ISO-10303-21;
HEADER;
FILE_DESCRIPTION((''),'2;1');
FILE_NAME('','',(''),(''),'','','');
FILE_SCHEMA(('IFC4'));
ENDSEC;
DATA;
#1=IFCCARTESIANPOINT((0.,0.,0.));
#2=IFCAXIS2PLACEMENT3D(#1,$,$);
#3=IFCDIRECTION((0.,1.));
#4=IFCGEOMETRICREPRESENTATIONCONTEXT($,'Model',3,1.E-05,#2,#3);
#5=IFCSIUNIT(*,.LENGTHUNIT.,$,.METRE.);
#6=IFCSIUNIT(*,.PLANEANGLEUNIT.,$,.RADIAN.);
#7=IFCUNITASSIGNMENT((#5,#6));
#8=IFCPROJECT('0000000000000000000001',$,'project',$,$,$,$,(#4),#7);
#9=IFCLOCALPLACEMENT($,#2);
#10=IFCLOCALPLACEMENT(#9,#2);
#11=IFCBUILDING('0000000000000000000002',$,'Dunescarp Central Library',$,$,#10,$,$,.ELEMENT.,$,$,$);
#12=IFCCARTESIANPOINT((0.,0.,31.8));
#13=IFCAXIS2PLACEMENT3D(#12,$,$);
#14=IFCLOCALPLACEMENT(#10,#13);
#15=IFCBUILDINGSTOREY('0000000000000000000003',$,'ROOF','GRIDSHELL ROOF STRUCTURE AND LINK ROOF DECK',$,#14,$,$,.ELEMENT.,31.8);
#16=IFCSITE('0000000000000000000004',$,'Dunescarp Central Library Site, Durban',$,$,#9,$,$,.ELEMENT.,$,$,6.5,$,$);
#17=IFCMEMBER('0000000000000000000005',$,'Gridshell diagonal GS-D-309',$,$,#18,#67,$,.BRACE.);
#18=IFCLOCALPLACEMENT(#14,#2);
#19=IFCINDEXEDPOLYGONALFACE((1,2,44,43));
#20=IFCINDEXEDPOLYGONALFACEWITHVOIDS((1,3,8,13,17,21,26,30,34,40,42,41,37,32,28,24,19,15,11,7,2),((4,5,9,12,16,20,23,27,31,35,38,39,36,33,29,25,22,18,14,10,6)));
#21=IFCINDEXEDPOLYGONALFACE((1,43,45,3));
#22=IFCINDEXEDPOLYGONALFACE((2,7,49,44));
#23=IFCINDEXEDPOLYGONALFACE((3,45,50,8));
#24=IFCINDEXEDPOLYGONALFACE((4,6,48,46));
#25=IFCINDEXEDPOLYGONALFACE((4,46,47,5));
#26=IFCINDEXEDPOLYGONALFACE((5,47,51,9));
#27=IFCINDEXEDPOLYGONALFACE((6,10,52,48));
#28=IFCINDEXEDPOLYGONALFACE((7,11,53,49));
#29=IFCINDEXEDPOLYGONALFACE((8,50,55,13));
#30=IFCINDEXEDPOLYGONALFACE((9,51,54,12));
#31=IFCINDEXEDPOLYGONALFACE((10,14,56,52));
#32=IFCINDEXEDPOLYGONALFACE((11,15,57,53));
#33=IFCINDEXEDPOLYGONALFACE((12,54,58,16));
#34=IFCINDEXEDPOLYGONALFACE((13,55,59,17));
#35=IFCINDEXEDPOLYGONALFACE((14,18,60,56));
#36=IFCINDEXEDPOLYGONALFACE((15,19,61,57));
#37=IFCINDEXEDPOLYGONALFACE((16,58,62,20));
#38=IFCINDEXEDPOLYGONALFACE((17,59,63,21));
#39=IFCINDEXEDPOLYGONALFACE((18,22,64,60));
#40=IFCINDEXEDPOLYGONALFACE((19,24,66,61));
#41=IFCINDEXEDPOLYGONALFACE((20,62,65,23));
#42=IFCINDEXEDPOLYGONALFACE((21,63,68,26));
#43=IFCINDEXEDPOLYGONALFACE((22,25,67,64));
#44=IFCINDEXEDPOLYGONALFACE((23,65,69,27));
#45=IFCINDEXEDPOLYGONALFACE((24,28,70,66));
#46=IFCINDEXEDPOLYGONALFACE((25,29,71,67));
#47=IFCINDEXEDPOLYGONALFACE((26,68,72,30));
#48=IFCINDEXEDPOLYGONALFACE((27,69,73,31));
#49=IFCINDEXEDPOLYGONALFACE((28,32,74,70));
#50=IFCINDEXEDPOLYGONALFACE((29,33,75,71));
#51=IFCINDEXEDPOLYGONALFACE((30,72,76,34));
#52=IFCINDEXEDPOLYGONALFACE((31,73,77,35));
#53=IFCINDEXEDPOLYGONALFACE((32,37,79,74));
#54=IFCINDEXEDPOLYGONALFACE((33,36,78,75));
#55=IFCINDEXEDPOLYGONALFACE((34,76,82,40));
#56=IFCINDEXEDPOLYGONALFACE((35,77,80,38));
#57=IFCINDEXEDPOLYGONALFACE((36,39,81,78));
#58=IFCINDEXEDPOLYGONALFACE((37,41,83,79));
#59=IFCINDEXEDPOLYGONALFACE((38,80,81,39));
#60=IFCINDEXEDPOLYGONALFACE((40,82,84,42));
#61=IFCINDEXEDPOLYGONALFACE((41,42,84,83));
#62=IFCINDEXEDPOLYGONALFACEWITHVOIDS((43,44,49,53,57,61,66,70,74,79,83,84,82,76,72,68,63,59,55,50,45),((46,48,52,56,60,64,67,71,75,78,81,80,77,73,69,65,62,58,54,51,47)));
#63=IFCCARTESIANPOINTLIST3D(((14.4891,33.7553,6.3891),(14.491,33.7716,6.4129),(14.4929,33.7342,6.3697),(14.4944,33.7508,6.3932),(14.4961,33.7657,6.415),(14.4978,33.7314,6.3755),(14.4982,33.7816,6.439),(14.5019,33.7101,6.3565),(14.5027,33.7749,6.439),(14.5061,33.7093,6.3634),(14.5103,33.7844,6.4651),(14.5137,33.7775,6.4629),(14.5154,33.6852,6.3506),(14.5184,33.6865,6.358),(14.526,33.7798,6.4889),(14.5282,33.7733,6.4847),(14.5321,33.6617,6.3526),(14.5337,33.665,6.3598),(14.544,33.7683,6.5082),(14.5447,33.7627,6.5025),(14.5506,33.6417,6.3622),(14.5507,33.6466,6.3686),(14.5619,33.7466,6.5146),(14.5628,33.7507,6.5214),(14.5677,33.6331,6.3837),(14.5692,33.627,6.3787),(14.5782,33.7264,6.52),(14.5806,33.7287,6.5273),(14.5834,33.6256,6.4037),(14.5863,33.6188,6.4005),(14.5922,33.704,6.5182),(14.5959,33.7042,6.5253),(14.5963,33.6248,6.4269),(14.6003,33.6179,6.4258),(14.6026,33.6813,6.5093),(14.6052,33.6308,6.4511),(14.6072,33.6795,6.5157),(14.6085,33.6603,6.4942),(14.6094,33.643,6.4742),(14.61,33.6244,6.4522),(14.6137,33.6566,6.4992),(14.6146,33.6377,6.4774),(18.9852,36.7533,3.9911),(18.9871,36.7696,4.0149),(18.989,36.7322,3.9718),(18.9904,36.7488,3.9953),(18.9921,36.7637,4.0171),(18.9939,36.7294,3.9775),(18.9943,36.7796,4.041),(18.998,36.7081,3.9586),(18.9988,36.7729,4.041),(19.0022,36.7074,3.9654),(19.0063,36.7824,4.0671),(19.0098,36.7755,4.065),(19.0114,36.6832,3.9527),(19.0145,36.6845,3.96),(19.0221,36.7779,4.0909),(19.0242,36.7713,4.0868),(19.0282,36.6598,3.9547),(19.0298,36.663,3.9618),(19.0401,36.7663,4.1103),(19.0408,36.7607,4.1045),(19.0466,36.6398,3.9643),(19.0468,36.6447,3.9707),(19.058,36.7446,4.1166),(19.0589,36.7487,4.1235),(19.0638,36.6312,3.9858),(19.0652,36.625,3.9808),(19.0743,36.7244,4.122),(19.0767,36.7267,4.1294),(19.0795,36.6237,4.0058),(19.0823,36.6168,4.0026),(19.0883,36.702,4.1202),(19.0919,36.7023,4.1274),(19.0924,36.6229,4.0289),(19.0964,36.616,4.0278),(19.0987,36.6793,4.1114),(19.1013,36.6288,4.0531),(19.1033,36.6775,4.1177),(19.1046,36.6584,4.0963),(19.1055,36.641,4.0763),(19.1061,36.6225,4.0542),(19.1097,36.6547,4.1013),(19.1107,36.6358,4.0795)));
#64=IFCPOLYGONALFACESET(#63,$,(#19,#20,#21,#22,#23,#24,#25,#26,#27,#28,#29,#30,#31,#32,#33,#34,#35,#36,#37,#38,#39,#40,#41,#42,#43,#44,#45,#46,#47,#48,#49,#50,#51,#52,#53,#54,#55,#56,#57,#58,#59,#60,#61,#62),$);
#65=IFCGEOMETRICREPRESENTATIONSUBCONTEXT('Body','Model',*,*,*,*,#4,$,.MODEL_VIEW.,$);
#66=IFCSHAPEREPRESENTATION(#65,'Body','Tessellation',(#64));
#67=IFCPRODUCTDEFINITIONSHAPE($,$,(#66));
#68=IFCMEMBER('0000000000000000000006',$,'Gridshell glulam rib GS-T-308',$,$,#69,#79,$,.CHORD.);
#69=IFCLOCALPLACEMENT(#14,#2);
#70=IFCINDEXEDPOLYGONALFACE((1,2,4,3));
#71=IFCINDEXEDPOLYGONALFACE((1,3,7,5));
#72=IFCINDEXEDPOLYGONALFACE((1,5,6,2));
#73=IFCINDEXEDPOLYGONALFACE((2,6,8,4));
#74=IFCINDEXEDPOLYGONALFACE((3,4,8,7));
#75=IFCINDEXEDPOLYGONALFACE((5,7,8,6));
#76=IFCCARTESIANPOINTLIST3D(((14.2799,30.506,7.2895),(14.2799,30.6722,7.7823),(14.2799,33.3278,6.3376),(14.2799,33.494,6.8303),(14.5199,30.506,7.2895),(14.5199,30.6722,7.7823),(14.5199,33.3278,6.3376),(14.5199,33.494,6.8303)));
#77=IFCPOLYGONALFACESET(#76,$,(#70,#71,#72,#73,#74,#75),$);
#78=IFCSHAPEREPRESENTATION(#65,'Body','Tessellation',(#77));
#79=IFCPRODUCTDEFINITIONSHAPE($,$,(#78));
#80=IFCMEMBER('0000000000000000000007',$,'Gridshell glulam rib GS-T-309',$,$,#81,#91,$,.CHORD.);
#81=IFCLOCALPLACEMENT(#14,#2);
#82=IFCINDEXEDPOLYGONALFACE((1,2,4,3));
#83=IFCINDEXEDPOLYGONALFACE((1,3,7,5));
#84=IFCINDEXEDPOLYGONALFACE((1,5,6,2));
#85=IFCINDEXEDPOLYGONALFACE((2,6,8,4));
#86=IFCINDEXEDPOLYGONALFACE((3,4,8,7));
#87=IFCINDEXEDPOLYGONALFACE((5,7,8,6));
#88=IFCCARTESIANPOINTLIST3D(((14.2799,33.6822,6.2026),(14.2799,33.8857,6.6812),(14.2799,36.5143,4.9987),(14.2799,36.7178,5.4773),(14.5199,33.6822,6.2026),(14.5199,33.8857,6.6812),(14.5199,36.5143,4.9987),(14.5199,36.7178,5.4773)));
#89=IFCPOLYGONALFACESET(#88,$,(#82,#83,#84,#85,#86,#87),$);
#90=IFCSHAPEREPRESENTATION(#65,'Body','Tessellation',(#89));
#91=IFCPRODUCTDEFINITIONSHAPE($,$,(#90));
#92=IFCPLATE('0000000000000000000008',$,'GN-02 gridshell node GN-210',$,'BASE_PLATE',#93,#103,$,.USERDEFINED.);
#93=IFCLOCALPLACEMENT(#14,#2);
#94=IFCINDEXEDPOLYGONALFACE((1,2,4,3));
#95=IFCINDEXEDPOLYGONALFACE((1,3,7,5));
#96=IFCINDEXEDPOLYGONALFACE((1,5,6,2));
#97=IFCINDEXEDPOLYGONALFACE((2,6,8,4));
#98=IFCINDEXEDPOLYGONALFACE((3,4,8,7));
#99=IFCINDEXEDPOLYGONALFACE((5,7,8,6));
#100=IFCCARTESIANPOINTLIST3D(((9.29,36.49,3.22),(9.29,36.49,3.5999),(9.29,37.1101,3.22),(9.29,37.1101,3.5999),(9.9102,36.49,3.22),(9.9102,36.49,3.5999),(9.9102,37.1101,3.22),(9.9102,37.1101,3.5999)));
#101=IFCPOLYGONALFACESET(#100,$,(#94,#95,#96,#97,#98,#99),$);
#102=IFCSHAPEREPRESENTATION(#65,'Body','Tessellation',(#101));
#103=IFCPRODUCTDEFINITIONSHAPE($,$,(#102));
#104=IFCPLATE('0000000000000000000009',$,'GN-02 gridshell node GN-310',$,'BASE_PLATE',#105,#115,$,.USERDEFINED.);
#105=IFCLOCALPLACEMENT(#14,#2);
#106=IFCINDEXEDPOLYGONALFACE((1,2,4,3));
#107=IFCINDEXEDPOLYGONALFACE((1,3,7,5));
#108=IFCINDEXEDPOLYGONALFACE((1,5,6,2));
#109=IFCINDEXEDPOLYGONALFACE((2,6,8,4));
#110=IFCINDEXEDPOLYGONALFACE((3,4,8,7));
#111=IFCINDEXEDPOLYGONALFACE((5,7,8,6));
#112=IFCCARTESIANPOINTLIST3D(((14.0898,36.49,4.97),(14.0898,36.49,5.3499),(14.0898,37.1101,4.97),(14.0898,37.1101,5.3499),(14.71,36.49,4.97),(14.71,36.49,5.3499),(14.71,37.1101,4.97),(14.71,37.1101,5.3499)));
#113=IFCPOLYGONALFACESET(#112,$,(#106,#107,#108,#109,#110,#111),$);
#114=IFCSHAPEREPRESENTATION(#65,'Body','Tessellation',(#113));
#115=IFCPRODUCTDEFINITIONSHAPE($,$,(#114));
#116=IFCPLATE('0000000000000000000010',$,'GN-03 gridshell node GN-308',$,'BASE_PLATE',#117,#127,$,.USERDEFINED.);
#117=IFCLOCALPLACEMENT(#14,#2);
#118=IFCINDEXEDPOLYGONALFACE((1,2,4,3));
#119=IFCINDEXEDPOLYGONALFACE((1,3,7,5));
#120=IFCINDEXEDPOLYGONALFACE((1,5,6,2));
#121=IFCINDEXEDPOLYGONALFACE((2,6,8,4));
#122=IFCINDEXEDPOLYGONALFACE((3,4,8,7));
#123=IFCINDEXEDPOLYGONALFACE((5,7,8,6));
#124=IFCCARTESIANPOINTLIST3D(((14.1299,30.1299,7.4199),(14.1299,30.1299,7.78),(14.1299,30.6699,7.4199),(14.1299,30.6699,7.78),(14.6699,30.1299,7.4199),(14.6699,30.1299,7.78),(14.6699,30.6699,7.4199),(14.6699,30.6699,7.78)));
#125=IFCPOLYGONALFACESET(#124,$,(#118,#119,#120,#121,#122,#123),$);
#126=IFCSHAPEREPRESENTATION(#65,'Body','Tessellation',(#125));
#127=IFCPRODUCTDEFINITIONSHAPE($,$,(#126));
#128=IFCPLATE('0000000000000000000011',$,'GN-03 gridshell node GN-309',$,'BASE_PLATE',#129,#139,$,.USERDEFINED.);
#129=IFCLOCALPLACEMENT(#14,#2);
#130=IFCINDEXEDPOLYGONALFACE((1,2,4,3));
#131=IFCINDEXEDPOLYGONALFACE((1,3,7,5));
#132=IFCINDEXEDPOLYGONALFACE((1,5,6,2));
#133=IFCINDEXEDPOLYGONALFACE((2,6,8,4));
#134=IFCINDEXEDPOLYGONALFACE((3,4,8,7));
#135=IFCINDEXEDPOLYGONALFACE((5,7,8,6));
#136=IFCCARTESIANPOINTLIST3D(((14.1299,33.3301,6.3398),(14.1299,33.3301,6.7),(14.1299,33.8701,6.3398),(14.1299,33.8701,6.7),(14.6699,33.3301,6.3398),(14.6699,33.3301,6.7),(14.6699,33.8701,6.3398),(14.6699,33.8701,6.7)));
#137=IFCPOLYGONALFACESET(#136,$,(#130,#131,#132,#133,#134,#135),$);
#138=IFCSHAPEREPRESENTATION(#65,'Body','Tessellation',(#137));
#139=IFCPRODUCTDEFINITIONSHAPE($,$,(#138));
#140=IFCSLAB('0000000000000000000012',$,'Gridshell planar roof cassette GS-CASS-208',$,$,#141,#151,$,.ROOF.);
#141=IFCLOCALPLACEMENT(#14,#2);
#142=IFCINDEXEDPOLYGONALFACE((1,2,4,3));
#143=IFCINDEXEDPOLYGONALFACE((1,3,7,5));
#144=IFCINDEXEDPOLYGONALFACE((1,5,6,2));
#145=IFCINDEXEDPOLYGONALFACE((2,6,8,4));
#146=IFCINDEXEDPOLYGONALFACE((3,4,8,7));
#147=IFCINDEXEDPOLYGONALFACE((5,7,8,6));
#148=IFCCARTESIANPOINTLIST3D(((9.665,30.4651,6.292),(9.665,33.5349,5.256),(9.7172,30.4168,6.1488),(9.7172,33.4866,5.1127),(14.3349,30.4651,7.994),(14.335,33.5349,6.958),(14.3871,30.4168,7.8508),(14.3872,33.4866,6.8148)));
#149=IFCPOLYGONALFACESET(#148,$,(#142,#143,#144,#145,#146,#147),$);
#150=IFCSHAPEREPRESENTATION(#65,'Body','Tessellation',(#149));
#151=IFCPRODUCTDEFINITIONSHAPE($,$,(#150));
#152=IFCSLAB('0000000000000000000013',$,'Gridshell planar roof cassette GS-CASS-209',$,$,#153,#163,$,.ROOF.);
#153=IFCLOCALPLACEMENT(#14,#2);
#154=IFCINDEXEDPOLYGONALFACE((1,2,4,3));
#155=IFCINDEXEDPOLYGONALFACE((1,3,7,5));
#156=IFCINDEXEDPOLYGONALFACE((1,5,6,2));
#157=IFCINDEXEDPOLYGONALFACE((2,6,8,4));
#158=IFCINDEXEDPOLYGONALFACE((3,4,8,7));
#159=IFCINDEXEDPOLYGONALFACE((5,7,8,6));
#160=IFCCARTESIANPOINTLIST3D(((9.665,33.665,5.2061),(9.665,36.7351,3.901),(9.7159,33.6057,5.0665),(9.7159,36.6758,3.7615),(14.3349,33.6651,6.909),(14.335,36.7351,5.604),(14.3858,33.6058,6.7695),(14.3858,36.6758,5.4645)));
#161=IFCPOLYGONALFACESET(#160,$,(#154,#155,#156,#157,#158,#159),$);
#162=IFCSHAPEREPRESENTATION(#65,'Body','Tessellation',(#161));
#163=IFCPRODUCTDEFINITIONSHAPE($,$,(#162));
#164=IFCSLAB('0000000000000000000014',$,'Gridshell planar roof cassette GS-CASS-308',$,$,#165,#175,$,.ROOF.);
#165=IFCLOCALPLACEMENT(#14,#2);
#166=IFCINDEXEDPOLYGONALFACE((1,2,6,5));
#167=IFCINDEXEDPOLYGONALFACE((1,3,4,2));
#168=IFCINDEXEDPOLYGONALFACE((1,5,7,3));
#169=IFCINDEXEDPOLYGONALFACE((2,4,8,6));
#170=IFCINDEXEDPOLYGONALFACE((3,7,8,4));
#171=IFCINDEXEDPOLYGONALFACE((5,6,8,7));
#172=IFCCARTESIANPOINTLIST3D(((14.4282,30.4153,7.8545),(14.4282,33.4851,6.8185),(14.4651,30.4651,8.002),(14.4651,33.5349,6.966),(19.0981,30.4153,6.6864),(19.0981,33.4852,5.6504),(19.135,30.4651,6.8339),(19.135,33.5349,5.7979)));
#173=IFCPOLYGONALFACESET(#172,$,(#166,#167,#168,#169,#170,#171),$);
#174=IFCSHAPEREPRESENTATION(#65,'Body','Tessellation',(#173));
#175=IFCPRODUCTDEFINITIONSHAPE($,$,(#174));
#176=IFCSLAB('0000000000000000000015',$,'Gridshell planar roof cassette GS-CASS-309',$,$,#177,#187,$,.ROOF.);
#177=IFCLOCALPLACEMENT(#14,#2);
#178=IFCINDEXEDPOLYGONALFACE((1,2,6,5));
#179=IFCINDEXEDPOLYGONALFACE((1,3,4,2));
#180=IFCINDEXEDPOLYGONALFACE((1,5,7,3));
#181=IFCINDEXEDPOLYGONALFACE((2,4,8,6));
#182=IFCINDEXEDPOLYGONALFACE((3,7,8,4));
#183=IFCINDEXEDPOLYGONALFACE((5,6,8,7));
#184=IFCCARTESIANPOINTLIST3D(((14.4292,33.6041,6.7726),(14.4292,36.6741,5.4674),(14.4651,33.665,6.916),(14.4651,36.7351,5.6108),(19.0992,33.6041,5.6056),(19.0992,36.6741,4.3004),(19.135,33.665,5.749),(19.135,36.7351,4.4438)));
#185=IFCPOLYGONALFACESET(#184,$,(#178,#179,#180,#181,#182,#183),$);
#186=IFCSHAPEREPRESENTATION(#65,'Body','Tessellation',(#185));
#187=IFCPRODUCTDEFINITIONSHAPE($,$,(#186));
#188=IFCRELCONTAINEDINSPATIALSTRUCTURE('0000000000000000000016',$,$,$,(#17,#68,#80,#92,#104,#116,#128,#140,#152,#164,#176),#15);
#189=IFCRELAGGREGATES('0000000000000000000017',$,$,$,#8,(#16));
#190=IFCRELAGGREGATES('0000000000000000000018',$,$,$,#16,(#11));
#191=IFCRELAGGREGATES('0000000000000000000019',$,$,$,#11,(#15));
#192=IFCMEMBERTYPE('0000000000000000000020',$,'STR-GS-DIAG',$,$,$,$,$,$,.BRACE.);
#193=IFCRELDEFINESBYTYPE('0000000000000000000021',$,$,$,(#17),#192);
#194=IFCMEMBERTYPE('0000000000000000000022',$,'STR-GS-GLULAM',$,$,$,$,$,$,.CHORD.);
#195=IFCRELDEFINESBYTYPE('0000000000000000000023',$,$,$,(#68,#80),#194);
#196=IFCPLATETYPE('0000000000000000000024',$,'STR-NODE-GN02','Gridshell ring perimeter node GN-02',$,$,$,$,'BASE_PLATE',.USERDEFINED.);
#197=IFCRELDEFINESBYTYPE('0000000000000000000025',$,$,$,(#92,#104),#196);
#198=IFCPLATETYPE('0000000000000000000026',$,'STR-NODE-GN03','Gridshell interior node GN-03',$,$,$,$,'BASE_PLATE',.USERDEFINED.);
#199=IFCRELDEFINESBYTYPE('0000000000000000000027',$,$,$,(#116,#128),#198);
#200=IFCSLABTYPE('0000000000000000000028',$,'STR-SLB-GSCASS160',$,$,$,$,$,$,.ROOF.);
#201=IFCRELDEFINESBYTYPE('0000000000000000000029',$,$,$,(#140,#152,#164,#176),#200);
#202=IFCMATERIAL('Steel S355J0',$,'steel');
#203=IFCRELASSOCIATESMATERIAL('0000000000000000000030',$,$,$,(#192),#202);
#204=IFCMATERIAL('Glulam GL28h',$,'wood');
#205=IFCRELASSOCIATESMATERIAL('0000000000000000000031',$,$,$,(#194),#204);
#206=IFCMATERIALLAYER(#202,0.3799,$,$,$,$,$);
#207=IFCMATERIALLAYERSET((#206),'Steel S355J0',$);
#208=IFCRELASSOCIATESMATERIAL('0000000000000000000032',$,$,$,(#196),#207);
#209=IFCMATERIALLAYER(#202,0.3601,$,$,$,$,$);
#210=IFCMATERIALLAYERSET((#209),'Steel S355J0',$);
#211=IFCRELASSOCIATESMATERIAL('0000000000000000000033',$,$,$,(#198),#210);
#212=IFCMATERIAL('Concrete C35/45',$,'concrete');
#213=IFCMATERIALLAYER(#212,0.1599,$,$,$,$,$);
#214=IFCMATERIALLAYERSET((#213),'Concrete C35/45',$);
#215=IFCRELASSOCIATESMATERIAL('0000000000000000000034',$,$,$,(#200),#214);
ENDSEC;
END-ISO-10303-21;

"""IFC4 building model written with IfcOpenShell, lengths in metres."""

from ifc_helpers import new_model, si_unit, direction, frame, origin, origin_2d, place, context, subcontext, project, spatial, polyline, rectangle, hollow_circle, outline, extrude, material, layer, layer_set, material_profile, profile_set, type_object, element, save


model = new_model("IFC4")

# Units and contexts
model_context = context("Model", 3, precision=1e-05, world=origin(), true_north=direction((0.0, 1.0)))
body_context = subcontext(model_context, "Body", "Model", "MODEL_VIEW")
ifc_project = project(units=[si_unit("LENGTHUNIT", "METRE"), si_unit("PLANEANGLEUNIT", "RADIAN")], contexts=[model_context])

# Site, building, storey
site_placement = place(None, origin())
site = spatial("IfcSite", under=ifc_project, at=site_placement, Name="Dunescarp Central Library Site, Durban", CompositionType="ELEMENT", RefElevation=6.5)
building_placement = place(site_placement, origin())
building = spatial("IfcBuilding", under=site, at=building_placement, Name="Dunescarp Central Library", CompositionType="ELEMENT")
storey_placement = place(building_placement, frame((0.0, 0.0, 31.8)))
storey = spatial("IfcBuildingStorey", under=building, at=storey_placement, Name="ROOF", Description="GRIDSHELL ROOF STRUCTURE AND LINK ROOF DECK", CompositionType="ELEMENT", Elevation=31.8)

# Members
ifc_material_1 = material(Name="Steel S355J0", Category="steel")
ifc_material_profile_1 = material_profile(ifc_material_1, hollow_circle(Radius=0.0969, WallThickness=0.0081, at=origin_2d()), Name="CHS 193.7x8")
ifc_profile_set_1 = profile_set([ifc_material_profile_1], Name="Steel S355J0")
member_type_1 = type_object("IfcMemberType", Name="STR-GS-DIAG", PredefinedType="BRACE", material=ifc_profile_set_1)
member_1_placement = place(storey_placement, frame((14.552, 33.7009, 6.439), z_axis=(0.760486, 0.507101, -0.405598), x_axis=(-0.554784, 0.831995, 0.0)))
element("IfcMember", 1, at=member_1_placement, inside=storey, type_object=member_type_1, Name="Gridshell diagonal GS-D-309", PredefinedType="BRACE", context=body_context, shape_type="SweptSolid", body=[
    extrude(hollow_circle(Radius=0.0969, WallThickness=0.0081, at=origin_2d()), origin(), (0.0, 0.0, 1.0), 5.9121),
])
ifc_material_2 = material(Name="Glulam GL28h", Category="wood")
ifc_material_profile_2 = material_profile(ifc_material_2, rectangle(XDim=0.24, YDim=0.52, at=origin_2d()), Name="GL28h 240x520")
ifc_profile_set_2 = profile_set([ifc_material_profile_2], Name="Glulam GL28h")
member_type_2 = type_object("IfcMemberType", Name="STR-GS-GLULAM", PredefinedType="CHORD", material=ifc_profile_set_2)
member_2_placement = place(storey_placement, frame((14.3999, 30.5891, 7.5359), z_axis=(0.0, 0.947538, -0.319644), x_axis=(-1.0, 0.0, 0.0)))
element("IfcMember", 2, at=member_2_placement, inside=storey, type_object=member_type_2, Name="Gridshell glulam rib GS-T-308", PredefinedType="CHORD", context=body_context, shape_type="SweptSolid", body=[
    extrude(rectangle(XDim=0.24, YDim=0.52, at=origin_2d()), origin(), (0.0, 0.0, 1.0), 2.978),
])
member_3_placement = place(storey_placement, frame((14.3999, 33.7839, 6.4419), z_axis=(0.0, 0.920302, -0.391208), x_axis=(-1.0, 0.0, 0.0)))
element("IfcMember", 3, at=member_3_placement, inside=storey, type_object=member_type_2, Name="Gridshell glulam rib GS-T-309", PredefinedType="CHORD", context=body_context, shape_type="SweptSolid", body=[
    extrude(rectangle(XDim=0.24, YDim=0.52, at=origin_2d()), origin(), (0.0, 0.0, 1.0), 3.0774),
])

# Plates
ifc_layer_1 = layer(ifc_material_1, 0.3799)
ifc_layer_set_1 = layer_set([ifc_layer_1], Name="Steel S355J0")
plate_type_1 = type_object("IfcPlateType", Name="STR-NODE-GN02", Description="Gridshell ring perimeter node GN-02", ElementType="BASE_PLATE", PredefinedType="USERDEFINED", material=ifc_layer_set_1)
for number, where, z_axis, x_axis, name in (
    (4, (9.6001, 36.8, 3.22), (0.0, 0.0, 1.0), (1.0, 0.0, 0.0), "GN-02 gridshell node GN-210"),
    (5, (14.3999, 36.8, 4.97), (0.0, 0.0, 1.0), (1.0, 0.0, 0.0), "GN-02 gridshell node GN-310"),
):
    element("IfcPlate", number, at=place(storey_placement, frame(where, z_axis=z_axis, x_axis=x_axis)), inside=storey, type_object=plate_type_1, Name=name, ObjectType="BASE_PLATE", PredefinedType="USERDEFINED", context=body_context, shape_type="SweptSolid", body=[
        extrude(rectangle(XDim=0.6201, YDim=0.6201, at=origin_2d()), origin(), (0.0, 0.0, 1.0), 0.3799),
    ])
ifc_layer_2 = layer(ifc_material_1, 0.3601)
ifc_layer_set_2 = layer_set([ifc_layer_2], Name="Steel S355J0")
plate_type_2 = type_object("IfcPlateType", Name="STR-NODE-GN03", Description="Gridshell interior node GN-03", ElementType="BASE_PLATE", PredefinedType="USERDEFINED", material=ifc_layer_set_2)
for number, where, z_axis, x_axis, name in (
    (6, (14.3999, 30.3999, 7.4199), (0.0, 0.0, 1.0), (1.0, 0.0, 0.0), "GN-03 gridshell node GN-308"),
    (7, (14.3999, 33.6001, 6.3398), (0.0, 0.0, 1.0), (1.0, 0.0, 0.0), "GN-03 gridshell node GN-309"),
):
    element("IfcPlate", number, at=place(storey_placement, frame(where, z_axis=z_axis, x_axis=x_axis)), inside=storey, type_object=plate_type_2, Name=name, ObjectType="BASE_PLATE", PredefinedType="USERDEFINED", context=body_context, shape_type="SweptSolid", body=[
        extrude(rectangle(XDim=0.54, YDim=0.54, at=origin_2d()), origin(), (0.0, 0.0, 1.0), 0.3601),
    ])

# Slabs
ifc_material_3 = material(Name="Concrete C35/45", Category="concrete")
ifc_layer_3 = layer(ifc_material_3, 0.1599)
ifc_layer_set_3 = layer_set([ifc_layer_3], Name="Concrete C35/45")
slab_type = type_object("IfcSlabType", Name="STR-SLB-GSCASS160", PredefinedType="ROOF", material=ifc_layer_set_3)
slab_1_placement = place(storey_placement, frame((9.665, 30.4651, 6.292), z_axis=(-0.326415, 0.302249, 0.8956), x_axis=(0.939544, 0.000007, 0.342429)))
element("IfcSlab", 8, at=slab_1_placement, inside=storey, type_object=slab_type, Name="Gridshell planar roof cassette GS-CASS-208", PredefinedType="ROOF", context=body_context, shape_type="SweptSolid", body=[
    extrude(outline(polyline([(0.0, 0.0), (4.9704, 0.0), (4.6157, 3.2204), (-0.3548, 3.2205), (0.0, 0.0)])), origin(), (0.0, 0.0, -1.0), 0.1599),
])
slab_2_placement = place(storey_placement, frame((9.665, 33.665, 5.2061), z_axis=(-0.31817, 0.370881, 0.872477), x_axis=(0.939481, 0.000008, 0.342602)))
element("IfcSlab", 9, at=slab_2_placement, inside=storey, type_object=slab_type, Name="Gridshell planar roof cassette GS-CASS-209", PredefinedType="ROOF", context=body_context, shape_type="SweptSolid", body=[
    extrude(outline(polyline([(0.0, 0.0), (4.9707, 0.0), (4.5237, 3.3058), (-0.4471, 3.3059), (0.0, 0.0)])), origin(), (0.0, 0.0, -1.0), 0.1599),
])
slab_3_placement = place(storey_placement, frame((14.4651, 30.4651, 8.002), z_axis=(0.23061, 0.311145, 0.921959), x_axis=(0.970113, -0.000007, -0.242653)))
element("IfcSlab", 10, at=slab_3_placement, inside=storey, type_object=slab_type, Name="Gridshell planar roof cassette GS-CASS-308", PredefinedType="ROOF", context=body_context, shape_type="SweptSolid", body=[
    extrude(outline(polyline([(0.0, 0.0), (4.8138, 0.0), (5.0652, 3.2302), (0.2513, 3.2301), (0.0, 0.0)])), origin(), (0.0, 0.0, -1.0), 0.1599),
])
slab_4_placement = place(storey_placement, frame((14.4651, 33.665, 6.916), z_axis=(0.224125, 0.381288, 0.896876), x_axis=(0.970166, 0.0, -0.24244)))
element("IfcSlab", 11, at=slab_4_placement, inside=storey, type_object=slab_type, Name="Gridshell planar roof cassette GS-CASS-309", PredefinedType="ROOF", context=body_context, shape_type="SweptSolid", body=[
    extrude(outline(polyline([(0.0, 0.0), (4.8135, 0.0), (5.13, 3.3209), (0.3164, 3.3209), (0.0, 0.0)])), origin(), (0.0, 0.0, -1.0), 0.1599),
])

save(model, "model.ifc")
